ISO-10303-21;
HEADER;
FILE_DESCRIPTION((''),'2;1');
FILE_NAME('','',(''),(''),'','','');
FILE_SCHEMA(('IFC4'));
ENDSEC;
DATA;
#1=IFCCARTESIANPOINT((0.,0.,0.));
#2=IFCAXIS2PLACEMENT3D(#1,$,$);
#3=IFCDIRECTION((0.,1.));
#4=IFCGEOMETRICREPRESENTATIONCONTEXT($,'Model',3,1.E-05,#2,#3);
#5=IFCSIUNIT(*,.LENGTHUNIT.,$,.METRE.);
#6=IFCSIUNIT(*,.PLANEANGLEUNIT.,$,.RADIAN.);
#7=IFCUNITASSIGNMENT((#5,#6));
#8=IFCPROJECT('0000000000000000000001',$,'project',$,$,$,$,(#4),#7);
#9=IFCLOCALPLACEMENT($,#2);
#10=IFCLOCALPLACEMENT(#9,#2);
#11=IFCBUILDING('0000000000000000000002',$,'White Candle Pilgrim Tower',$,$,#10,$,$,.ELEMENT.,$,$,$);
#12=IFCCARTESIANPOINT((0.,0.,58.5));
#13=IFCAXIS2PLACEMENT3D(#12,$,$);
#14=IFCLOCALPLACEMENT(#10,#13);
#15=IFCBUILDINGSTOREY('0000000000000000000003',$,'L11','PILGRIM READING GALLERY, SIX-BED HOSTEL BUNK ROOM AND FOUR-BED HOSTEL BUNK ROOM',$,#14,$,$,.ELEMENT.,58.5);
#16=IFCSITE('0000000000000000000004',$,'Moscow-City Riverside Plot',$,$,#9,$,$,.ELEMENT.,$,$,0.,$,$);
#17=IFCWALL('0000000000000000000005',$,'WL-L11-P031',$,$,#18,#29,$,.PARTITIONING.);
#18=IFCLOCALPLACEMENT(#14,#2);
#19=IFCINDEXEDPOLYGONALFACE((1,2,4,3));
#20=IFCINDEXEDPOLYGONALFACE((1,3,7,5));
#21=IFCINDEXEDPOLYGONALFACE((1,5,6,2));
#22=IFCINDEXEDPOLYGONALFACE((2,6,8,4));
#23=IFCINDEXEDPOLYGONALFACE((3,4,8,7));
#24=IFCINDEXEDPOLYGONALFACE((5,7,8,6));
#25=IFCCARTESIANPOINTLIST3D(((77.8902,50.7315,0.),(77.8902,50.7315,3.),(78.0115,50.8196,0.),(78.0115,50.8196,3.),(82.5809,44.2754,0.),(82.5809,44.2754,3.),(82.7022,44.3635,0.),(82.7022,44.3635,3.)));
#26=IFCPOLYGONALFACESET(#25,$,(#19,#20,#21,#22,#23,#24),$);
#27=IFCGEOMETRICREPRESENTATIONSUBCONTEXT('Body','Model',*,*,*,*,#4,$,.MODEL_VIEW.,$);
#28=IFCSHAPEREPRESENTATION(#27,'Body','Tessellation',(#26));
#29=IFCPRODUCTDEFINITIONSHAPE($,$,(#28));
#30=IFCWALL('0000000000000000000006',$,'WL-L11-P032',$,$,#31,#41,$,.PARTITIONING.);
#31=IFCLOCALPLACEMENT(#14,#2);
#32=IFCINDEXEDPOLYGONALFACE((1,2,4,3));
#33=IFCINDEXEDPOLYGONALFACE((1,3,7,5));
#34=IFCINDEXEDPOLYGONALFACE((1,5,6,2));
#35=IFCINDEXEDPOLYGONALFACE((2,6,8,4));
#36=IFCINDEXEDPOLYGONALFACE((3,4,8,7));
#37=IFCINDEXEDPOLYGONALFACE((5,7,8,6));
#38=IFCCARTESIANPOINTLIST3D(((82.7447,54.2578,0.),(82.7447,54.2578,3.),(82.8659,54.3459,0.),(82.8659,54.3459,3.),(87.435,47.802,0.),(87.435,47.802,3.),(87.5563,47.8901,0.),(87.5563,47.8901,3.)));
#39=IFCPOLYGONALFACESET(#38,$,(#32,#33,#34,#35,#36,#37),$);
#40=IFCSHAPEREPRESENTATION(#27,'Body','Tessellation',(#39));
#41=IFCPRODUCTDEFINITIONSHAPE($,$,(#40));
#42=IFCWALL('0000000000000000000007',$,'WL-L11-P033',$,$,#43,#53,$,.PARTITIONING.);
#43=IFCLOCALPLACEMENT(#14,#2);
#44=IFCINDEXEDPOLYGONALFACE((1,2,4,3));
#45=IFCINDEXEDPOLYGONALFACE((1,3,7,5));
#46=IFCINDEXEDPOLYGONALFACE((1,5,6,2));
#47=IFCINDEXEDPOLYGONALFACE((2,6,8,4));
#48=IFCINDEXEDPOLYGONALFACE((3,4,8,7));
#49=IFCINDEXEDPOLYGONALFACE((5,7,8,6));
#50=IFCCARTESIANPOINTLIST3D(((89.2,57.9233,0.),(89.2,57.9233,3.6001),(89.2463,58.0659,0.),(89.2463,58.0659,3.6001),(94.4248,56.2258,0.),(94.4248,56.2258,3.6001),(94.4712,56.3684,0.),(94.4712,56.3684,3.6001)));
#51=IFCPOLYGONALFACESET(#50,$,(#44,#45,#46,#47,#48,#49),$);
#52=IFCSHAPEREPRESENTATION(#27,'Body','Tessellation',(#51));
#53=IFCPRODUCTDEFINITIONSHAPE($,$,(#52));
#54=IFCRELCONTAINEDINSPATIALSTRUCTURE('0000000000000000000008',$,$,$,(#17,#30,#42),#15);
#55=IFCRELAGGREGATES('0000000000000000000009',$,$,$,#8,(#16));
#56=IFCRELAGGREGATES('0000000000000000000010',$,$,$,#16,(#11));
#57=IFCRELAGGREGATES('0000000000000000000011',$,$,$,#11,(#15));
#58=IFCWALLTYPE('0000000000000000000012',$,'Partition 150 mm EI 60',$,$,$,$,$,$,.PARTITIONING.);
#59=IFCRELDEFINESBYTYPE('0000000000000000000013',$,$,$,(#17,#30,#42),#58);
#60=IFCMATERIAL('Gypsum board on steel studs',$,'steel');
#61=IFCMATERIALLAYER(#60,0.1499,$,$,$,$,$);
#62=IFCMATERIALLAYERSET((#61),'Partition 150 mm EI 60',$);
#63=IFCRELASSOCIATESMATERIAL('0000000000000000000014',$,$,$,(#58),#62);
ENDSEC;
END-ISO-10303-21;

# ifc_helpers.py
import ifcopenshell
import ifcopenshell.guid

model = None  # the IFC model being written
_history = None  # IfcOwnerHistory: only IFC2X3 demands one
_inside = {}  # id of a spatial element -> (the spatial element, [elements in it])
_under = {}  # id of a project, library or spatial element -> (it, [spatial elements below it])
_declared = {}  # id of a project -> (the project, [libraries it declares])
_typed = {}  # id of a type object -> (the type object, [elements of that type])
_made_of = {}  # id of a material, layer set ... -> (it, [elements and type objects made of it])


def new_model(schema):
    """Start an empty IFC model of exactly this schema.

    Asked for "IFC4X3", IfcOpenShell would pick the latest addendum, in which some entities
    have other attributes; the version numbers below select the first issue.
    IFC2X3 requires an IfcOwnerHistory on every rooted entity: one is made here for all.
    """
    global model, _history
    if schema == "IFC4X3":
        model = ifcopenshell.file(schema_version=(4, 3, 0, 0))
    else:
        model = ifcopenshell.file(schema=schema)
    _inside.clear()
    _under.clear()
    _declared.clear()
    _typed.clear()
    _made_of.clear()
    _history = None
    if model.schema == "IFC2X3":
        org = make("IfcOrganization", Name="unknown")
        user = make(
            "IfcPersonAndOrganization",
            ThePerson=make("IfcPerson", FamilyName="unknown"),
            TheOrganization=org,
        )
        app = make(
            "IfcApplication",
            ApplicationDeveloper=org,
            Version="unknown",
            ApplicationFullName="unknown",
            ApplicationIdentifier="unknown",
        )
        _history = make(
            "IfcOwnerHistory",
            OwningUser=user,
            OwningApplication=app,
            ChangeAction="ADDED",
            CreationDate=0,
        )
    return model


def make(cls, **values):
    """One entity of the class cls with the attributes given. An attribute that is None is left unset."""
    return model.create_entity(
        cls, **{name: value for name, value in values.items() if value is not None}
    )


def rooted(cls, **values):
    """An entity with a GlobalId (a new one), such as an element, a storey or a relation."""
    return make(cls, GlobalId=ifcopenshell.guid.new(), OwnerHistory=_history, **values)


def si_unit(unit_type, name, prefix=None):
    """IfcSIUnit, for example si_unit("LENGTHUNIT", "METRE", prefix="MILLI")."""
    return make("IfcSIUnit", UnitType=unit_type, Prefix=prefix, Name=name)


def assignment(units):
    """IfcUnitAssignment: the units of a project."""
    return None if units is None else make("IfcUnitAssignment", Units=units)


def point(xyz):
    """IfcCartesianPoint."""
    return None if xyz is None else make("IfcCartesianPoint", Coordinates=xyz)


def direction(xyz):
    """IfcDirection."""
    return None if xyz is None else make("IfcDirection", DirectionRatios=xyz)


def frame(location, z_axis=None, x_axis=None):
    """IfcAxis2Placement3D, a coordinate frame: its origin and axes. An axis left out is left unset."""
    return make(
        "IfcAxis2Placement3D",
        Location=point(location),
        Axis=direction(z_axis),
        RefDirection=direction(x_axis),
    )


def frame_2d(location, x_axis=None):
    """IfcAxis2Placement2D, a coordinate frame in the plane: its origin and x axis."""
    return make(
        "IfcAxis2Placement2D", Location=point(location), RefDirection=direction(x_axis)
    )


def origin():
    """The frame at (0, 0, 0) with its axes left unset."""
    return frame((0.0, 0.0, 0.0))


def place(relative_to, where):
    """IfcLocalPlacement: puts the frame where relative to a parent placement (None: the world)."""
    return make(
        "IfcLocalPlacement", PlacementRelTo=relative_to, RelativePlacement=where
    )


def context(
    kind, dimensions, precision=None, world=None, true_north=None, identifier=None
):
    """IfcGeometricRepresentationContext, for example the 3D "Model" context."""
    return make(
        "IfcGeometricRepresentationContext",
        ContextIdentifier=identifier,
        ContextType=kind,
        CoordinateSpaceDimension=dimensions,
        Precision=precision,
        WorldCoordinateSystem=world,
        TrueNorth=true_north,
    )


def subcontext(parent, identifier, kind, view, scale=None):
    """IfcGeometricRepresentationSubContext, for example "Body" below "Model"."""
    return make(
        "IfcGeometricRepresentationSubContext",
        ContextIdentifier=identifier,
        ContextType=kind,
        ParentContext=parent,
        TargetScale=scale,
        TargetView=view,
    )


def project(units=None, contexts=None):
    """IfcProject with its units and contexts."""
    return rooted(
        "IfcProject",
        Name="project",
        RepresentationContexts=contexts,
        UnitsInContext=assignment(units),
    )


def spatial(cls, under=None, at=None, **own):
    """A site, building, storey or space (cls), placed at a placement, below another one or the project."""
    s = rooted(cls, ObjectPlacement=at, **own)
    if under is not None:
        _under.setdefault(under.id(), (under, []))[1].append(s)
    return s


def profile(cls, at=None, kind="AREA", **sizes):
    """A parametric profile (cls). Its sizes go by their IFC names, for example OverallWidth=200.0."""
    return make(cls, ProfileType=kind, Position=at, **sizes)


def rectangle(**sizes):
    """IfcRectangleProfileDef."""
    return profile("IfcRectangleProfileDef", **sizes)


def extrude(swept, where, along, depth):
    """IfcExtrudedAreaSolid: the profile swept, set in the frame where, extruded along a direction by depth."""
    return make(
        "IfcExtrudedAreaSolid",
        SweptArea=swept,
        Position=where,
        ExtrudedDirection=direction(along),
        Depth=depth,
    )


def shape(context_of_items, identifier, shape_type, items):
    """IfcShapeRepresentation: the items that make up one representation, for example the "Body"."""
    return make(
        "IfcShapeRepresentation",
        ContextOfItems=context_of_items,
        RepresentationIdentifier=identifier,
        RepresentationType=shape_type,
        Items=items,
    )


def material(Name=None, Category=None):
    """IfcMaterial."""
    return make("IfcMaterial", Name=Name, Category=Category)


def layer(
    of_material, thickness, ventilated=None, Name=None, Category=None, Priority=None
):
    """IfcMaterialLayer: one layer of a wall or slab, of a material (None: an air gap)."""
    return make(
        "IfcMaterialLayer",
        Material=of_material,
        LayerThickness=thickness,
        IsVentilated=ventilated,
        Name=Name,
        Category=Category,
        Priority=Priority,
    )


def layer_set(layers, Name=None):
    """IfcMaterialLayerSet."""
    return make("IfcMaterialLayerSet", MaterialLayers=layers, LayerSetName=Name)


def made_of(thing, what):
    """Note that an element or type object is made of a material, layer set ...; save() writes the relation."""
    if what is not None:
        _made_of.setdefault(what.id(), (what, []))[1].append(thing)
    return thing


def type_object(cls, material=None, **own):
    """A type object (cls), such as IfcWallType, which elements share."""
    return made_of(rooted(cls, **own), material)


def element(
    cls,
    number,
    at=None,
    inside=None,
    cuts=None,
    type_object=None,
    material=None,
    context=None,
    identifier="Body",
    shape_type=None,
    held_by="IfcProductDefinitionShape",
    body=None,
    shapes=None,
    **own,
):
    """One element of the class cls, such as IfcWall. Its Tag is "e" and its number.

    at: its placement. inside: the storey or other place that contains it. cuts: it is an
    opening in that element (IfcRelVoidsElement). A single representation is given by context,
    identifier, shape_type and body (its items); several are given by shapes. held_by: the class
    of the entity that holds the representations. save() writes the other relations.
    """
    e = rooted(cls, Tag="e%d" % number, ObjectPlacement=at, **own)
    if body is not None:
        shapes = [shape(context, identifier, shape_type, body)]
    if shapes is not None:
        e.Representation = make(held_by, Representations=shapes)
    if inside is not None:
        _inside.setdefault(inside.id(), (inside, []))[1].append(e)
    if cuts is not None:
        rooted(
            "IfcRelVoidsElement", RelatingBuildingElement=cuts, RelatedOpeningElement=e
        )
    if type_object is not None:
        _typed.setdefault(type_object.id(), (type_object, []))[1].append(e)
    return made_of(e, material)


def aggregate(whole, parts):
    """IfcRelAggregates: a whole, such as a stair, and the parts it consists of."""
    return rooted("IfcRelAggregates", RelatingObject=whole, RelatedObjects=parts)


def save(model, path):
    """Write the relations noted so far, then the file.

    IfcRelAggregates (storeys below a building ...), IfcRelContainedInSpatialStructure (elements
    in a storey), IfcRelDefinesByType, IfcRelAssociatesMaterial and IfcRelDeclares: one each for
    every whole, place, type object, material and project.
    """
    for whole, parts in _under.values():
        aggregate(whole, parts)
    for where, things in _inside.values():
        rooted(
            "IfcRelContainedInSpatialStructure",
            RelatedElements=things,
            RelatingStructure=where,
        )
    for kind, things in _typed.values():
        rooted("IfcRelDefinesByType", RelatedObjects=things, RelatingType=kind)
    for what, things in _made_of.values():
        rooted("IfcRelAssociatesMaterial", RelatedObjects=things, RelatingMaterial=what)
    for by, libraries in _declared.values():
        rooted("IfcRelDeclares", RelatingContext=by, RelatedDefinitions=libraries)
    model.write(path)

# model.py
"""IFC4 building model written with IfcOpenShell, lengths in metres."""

from ifc_helpers import new_model, si_unit, direction, frame, frame_2d, origin, place, context, subcontext, project, spatial, rectangle, extrude, material, layer, layer_set, type_object, element, save


model = new_model("IFC4")

# Units and contexts
model_context = context("Model", 3, precision=1e-05, world=origin(), true_north=direction((0.0, 1.0)))
body_context = subcontext(model_context, "Body", "Model", "MODEL_VIEW")
ifc_project = project(units=[si_unit("LENGTHUNIT", "METRE"), si_unit("PLANEANGLEUNIT", "RADIAN")], contexts=[model_context])

# Site, building, storey
site_placement = place(None, origin())
site = spatial("IfcSite", under=ifc_project, at=site_placement, Name="Moscow-City Riverside Plot", CompositionType="ELEMENT", RefElevation=0.0)
building_placement = place(site_placement, origin())
building = spatial("IfcBuilding", under=site, at=building_placement, Name="White Candle Pilgrim Tower", CompositionType="ELEMENT")
storey_placement = place(building_placement, frame((0.0, 0.0, 58.5)))
storey = spatial("IfcBuildingStorey", under=building, at=storey_placement, Name="L11", Description="PILGRIM READING GALLERY, SIX-BED HOSTEL BUNK ROOM AND FOUR-BED HOSTEL BUNK ROOM", CompositionType="ELEMENT", Elevation=58.5)

# Shared definitions
ifc_material_1 = material(Name="Gypsum board on steel studs", Category="steel")

# Walls
ifc_layer_1 = layer(ifc_material_1, 0.1499)
ifc_layer_set_1 = layer_set([ifc_layer_1], Name="Partition 150 mm EI 60")
wall_type_1 = type_object("IfcWallType", Name="Partition 150 mm EI 60", PredefinedType="PARTITIONING", material=ifc_layer_set_1)
wall_1_placement = place(storey_placement, frame((82.6416, 44.3193, 0.0), z_axis=(0.0, 0.0, 1.0), x_axis=(-0.587791, 0.809012, 0.0)))
element("IfcWall", 1, at=wall_1_placement, inside=storey, type_object=wall_type_1, Name="WL-L11-P031", PredefinedType="PARTITIONING", context=body_context, shape_type="SweptSolid", body=[
    extrude(rectangle(XDim=7.9802, YDim=0.1499, at=frame_2d((3.9902, 0.0))), origin(), (0.0, 0.0, 1.0), 3.0),
])
wall_2_placement = place(storey_placement, frame((87.4956, 47.8462, 0.0), z_axis=(0.0, 0.0, 1.0), x_axis=(-0.587786, 0.809016, 0.0)))
element("IfcWall", 2, at=wall_2_placement, inside=storey, type_object=wall_type_1, Name="WL-L11-P032", PredefinedType="PARTITIONING", context=body_context, shape_type="SweptSolid", body=[
    extrude(rectangle(XDim=7.9797, YDim=0.1499, at=frame_2d((3.9897, 0.0))), origin(), (0.0, 0.0, 1.0), 3.0),
])
wall_3_placement = place(storey_placement, frame((94.448, 56.2971, 0.0), z_axis=(0.0, 0.0, 1.0), x_axis=(-0.951064, 0.308993, 0.0)))
element("IfcWall", 3, at=wall_3_placement, inside=storey, type_object=wall_type_1, Name="WL-L11-P033", PredefinedType="PARTITIONING", context=body_context, shape_type="SweptSolid", body=[
    extrude(rectangle(XDim=5.4937, YDim=0.1499, at=frame_2d((2.7468, 0.0))), origin(), (0.0, 0.0, 1.0), 3.6001),
])

save(model, "model.ifc")
